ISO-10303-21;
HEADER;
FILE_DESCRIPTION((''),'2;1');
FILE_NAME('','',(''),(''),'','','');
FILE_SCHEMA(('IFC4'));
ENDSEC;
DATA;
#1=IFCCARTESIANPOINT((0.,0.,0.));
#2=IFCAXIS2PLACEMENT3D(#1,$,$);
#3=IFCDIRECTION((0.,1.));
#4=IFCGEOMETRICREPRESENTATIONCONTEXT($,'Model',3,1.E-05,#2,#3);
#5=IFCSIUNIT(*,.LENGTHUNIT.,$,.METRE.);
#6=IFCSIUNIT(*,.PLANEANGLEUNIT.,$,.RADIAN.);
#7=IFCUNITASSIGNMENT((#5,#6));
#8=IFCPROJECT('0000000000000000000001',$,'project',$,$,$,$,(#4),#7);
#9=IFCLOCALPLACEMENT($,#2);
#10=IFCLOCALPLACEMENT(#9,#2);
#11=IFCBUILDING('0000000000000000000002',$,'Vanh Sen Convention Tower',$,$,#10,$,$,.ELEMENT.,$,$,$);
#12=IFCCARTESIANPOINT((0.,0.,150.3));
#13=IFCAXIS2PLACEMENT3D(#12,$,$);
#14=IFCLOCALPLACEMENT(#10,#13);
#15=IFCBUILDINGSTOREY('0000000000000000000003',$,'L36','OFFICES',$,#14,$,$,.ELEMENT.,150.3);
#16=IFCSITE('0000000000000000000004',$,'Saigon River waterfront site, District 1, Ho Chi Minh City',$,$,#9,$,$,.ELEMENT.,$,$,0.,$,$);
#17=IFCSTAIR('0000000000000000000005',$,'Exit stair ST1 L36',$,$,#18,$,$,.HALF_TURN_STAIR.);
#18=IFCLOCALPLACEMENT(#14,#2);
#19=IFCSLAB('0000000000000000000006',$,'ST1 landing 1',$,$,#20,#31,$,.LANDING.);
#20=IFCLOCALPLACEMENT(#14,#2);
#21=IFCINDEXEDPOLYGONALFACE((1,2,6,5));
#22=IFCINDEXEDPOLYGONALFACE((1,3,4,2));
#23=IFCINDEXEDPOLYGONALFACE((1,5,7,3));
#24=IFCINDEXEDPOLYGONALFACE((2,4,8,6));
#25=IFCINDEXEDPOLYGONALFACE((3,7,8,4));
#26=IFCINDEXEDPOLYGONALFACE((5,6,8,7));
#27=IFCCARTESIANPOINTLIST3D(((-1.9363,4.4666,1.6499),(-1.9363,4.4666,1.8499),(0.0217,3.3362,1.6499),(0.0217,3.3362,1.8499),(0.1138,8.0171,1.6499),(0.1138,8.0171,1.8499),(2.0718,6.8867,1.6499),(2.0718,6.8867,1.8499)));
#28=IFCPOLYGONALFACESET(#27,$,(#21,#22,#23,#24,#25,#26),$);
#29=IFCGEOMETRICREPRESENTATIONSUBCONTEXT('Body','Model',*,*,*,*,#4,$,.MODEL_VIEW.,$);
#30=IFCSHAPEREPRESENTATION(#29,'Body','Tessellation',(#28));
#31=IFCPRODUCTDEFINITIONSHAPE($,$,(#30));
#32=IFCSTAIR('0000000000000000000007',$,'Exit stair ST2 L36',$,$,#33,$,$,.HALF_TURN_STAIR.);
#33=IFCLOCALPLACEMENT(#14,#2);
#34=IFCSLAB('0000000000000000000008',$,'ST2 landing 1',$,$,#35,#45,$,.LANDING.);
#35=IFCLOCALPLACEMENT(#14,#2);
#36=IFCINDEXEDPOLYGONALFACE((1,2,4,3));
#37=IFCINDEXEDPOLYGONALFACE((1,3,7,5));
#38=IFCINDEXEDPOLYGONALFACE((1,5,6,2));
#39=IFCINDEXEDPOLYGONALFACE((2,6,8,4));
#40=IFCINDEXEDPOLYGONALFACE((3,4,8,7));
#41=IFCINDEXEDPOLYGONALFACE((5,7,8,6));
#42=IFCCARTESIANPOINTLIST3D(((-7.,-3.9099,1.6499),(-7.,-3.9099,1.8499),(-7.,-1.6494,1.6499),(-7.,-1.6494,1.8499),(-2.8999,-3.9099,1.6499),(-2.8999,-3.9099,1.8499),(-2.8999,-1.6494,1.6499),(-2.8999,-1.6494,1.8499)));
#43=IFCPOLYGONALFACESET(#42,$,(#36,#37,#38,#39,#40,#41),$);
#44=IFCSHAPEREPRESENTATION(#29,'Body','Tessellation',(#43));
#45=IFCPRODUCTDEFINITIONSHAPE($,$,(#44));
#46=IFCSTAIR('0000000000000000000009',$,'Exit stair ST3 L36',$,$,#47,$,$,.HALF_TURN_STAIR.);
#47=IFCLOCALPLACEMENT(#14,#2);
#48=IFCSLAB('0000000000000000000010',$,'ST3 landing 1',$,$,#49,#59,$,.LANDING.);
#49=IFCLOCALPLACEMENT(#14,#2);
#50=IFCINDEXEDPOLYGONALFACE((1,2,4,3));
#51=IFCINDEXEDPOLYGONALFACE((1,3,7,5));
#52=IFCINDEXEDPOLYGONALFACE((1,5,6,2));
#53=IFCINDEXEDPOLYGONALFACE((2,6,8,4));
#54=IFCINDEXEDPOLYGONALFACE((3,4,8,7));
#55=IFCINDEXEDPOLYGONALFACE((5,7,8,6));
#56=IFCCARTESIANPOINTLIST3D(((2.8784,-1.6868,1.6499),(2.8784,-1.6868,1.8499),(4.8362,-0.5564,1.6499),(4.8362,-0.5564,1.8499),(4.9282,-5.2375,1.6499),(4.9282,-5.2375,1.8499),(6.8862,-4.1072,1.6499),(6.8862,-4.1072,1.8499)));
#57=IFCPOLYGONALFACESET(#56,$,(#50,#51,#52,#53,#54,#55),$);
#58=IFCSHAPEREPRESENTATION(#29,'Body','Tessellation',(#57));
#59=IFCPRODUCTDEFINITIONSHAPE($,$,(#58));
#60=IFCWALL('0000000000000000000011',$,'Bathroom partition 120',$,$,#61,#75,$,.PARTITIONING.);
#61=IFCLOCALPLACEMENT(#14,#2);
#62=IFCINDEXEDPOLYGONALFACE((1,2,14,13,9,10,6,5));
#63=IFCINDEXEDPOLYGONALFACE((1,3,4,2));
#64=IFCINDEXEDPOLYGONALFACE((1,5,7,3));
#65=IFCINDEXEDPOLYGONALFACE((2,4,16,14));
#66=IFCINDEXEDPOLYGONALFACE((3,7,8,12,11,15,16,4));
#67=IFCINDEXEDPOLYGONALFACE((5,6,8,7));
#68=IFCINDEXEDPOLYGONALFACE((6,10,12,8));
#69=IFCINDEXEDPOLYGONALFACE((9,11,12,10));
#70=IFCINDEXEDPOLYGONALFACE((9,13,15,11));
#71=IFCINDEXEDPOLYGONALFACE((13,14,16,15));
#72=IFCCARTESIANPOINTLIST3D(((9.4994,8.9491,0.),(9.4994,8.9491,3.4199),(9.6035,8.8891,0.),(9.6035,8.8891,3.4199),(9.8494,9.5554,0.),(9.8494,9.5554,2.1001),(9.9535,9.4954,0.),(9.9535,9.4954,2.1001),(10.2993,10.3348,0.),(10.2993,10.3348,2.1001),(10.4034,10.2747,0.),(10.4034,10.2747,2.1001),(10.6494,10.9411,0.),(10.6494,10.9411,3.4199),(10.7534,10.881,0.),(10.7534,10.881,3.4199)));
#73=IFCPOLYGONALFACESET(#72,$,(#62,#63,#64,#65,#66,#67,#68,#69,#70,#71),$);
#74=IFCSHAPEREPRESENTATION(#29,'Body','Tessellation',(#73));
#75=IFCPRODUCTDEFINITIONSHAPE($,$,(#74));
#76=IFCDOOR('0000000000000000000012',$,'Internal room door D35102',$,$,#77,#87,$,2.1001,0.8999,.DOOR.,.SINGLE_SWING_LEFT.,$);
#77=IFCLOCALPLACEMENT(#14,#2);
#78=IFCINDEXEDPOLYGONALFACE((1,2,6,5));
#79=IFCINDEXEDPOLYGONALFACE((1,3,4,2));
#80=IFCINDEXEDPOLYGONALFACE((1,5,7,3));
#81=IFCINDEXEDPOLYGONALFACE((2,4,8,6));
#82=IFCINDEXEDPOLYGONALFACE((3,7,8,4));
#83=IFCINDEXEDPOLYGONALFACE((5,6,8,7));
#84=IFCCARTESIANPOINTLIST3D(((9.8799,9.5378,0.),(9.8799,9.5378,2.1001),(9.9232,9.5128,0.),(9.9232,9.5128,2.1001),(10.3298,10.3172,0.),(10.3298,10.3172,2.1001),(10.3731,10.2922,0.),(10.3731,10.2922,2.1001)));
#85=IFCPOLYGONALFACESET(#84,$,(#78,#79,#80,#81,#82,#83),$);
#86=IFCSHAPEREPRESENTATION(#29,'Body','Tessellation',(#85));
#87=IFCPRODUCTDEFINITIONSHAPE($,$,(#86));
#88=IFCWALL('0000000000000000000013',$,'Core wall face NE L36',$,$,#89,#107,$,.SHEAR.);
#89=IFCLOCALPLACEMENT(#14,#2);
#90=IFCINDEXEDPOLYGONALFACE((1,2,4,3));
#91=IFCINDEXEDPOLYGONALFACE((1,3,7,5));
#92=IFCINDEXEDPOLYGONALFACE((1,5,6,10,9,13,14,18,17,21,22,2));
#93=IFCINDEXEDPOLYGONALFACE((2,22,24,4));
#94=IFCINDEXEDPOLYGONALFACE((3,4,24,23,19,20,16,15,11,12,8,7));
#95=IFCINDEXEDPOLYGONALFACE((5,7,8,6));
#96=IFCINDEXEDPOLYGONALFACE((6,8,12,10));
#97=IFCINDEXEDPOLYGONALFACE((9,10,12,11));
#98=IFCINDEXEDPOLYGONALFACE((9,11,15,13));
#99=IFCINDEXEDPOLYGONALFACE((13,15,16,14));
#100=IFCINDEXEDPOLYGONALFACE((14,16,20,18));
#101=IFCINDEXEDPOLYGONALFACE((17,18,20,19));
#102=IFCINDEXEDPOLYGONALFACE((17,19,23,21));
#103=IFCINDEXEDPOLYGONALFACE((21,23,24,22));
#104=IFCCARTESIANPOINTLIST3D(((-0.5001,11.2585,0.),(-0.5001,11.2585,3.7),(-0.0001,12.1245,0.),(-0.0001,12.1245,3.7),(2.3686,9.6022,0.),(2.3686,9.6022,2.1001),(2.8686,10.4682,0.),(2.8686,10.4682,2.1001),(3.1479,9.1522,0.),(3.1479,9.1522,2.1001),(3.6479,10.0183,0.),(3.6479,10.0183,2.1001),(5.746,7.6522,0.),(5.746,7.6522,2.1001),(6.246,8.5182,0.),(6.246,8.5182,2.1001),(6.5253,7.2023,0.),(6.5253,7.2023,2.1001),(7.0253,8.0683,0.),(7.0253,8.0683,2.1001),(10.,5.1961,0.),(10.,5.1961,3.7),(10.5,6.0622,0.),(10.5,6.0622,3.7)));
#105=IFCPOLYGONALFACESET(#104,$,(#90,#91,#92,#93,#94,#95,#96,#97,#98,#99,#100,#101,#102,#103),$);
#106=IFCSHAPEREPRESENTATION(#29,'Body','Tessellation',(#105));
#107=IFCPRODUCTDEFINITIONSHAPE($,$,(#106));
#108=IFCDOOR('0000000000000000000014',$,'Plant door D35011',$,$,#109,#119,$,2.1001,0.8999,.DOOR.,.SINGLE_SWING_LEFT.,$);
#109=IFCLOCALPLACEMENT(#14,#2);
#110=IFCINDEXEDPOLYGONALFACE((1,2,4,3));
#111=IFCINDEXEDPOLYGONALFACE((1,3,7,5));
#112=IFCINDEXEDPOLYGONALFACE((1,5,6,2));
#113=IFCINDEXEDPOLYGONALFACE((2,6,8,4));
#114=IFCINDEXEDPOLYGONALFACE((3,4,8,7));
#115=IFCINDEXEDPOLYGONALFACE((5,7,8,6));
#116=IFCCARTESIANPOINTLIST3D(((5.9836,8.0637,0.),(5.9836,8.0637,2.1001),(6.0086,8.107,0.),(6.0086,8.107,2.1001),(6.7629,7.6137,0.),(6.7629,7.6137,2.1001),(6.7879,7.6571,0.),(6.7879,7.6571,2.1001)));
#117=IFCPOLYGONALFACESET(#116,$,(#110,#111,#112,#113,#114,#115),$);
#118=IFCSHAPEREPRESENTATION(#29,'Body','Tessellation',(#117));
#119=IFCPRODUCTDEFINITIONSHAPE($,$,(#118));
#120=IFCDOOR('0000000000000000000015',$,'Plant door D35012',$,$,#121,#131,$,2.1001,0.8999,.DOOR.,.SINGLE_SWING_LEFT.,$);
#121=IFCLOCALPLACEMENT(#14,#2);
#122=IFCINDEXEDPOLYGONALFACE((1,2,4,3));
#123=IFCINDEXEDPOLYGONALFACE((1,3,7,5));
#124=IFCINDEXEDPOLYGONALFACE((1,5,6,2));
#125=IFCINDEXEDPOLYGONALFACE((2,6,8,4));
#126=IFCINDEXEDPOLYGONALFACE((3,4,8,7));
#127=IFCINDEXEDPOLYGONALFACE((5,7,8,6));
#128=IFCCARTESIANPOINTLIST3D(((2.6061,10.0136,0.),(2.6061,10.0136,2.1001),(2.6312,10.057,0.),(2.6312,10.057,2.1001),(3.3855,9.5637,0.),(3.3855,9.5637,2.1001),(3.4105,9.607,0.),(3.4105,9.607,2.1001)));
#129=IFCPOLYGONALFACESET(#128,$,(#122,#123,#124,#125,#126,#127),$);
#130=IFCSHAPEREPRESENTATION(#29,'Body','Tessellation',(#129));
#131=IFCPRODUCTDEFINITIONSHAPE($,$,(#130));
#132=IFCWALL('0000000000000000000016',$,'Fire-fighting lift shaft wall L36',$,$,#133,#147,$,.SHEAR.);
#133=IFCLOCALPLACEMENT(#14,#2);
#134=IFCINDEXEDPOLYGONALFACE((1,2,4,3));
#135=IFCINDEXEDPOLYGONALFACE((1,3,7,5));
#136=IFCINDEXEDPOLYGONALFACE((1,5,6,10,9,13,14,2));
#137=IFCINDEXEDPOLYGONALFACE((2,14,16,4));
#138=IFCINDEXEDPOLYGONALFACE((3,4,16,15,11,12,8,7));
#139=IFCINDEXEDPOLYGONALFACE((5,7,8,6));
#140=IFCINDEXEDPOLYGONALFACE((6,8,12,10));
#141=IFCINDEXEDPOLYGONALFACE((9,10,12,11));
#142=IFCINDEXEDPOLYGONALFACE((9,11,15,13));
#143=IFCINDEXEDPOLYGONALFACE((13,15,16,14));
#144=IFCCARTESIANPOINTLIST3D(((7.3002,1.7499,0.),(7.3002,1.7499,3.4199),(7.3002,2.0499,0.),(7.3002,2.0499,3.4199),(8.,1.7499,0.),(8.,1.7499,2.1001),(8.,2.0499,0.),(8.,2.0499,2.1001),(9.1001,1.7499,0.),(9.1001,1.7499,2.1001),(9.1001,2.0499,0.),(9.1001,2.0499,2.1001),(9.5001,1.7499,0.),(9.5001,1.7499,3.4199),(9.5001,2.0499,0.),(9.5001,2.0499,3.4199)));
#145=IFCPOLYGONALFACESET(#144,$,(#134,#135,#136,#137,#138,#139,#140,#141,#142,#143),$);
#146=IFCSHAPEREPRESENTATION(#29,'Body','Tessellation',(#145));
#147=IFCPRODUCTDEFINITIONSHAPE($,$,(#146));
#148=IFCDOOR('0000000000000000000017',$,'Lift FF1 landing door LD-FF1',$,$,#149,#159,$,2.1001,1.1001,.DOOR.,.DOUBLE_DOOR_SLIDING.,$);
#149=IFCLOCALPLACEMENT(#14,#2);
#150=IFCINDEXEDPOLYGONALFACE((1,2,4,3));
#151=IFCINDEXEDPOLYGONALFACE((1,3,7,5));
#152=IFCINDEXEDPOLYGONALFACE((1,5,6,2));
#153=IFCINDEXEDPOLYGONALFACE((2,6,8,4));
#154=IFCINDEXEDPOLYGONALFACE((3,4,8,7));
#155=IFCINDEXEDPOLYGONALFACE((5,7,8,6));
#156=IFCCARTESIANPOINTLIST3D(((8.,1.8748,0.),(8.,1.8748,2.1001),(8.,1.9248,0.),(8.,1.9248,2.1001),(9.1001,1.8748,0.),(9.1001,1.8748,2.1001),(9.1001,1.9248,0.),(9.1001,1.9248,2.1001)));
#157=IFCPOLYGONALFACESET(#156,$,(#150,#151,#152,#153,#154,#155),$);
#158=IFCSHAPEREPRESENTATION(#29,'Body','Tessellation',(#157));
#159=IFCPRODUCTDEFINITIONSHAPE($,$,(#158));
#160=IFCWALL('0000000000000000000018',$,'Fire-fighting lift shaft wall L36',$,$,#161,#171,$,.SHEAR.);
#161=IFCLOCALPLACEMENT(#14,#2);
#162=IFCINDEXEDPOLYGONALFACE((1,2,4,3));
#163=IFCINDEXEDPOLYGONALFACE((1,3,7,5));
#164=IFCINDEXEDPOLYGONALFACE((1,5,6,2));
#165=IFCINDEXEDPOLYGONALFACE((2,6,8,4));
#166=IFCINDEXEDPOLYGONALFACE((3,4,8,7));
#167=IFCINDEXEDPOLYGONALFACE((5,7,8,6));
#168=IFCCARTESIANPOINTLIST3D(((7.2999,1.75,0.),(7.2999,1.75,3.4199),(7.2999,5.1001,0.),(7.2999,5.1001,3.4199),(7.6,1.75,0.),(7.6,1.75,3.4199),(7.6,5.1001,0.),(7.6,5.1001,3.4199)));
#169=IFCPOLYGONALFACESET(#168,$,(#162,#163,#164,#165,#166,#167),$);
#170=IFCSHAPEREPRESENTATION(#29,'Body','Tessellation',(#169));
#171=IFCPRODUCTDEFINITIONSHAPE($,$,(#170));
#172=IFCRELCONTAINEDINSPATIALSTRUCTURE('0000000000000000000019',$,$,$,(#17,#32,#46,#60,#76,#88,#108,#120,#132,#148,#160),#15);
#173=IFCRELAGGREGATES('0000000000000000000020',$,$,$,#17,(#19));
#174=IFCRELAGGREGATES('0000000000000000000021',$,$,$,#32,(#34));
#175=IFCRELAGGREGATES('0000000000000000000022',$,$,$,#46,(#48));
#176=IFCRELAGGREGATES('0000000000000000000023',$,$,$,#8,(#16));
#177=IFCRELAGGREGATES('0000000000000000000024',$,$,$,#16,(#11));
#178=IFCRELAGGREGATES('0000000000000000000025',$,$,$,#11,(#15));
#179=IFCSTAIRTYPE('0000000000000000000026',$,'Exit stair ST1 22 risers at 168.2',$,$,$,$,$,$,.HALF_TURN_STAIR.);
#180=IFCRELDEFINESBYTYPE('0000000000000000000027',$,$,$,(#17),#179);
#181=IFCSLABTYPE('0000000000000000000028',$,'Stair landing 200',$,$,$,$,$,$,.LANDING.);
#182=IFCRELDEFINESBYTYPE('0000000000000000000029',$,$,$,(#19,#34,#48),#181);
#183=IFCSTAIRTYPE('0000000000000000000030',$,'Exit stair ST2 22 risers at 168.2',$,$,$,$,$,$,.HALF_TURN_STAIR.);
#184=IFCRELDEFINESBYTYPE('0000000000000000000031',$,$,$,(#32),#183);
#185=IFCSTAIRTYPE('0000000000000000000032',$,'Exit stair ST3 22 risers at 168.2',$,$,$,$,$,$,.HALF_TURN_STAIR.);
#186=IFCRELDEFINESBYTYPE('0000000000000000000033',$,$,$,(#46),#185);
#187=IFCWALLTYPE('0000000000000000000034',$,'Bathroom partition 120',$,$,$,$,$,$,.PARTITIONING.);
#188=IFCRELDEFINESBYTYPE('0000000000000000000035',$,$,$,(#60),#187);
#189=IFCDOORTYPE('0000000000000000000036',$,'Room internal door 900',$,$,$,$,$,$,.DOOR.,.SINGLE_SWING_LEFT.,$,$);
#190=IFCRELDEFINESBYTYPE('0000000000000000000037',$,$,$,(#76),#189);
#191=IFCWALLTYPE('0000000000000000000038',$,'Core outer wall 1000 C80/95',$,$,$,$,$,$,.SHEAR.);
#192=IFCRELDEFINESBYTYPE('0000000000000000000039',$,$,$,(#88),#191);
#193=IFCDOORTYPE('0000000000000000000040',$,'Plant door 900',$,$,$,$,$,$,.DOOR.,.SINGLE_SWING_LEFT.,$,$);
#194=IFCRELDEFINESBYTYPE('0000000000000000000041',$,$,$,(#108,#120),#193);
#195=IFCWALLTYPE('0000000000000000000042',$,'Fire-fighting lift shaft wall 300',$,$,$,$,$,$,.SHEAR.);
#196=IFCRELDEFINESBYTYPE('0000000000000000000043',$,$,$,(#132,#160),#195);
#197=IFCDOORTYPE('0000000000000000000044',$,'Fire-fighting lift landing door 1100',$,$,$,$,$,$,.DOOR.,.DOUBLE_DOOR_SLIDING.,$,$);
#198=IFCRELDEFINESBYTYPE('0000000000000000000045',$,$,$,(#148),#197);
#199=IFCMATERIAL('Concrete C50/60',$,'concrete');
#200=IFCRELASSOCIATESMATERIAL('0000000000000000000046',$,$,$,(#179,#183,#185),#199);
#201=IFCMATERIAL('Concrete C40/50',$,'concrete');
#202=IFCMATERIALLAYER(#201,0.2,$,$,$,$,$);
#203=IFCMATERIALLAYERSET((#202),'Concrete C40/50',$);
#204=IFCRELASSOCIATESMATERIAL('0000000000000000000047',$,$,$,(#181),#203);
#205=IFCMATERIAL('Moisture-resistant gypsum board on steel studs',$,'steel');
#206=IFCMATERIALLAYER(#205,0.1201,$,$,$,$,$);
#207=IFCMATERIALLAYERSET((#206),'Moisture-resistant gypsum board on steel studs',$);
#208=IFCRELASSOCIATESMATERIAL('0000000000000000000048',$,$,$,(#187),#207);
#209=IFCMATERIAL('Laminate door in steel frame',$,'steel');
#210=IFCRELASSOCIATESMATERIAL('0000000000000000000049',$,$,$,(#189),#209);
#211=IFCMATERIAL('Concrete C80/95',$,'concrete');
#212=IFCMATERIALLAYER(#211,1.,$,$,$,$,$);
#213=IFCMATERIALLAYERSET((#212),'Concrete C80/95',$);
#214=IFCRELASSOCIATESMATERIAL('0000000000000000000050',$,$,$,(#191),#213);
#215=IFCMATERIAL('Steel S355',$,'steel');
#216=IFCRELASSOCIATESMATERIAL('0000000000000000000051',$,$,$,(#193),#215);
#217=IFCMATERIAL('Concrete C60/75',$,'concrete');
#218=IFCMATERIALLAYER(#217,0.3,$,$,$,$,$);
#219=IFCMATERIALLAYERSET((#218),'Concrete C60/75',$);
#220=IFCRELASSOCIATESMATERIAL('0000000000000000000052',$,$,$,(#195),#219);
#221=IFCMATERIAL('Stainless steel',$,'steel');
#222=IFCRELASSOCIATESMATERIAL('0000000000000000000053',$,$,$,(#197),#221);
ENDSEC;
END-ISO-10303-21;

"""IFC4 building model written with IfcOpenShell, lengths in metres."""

from ifc_helpers import new_model, si_unit, direction, frame, frame_2d, origin, place, context, subcontext, project, spatial, polyline, rectangle, outline, extrude, material, layer, layer_set, type_object, element, fill, aggregate, save


model = new_model("IFC4")

# Units and contexts
model_context = context("Model", 3, precision=1e-05, world=origin(), true_north=direction((0.0, 1.0)))
body_context = subcontext(model_context, "Body", "Model", "MODEL_VIEW")
ifc_project = project(units=[si_unit("LENGTHUNIT", "METRE"), si_unit("PLANEANGLEUNIT", "RADIAN")], contexts=[model_context])

# Site, building, storey
site_placement = place(None, origin())
site = spatial("IfcSite", under=ifc_project, at=site_placement, Name="Saigon River waterfront site, District 1, Ho Chi Minh City", CompositionType="ELEMENT", RefElevation=0.0)
building_placement = place(site_placement, origin())
building = spatial("IfcBuilding", under=site, at=building_placement, Name="Vanh Sen Convention Tower", CompositionType="ELEMENT")
storey_placement = place(building_placement, frame((0.0, 0.0, 150.3)))
storey = spatial("IfcBuildingStorey", under=building, at=storey_placement, Name="L36", Description="OFFICES", CompositionType="ELEMENT", Elevation=150.3)

# Stairs, slabs
ifc_material_1 = material(Name="Concrete C50/60", Category="concrete")
stair_type_1 = type_object("IfcStairType", Name="Exit stair ST1 22 risers at 168.2", PredefinedType="HALF_TURN_STAIR", material=ifc_material_1)
stair_1_placement = place(storey_placement, origin())
stair_1 = element("IfcStair", 1, at=stair_1_placement, inside=storey, type_object=stair_type_1, Name="Exit stair ST1 L36", PredefinedType="HALF_TURN_STAIR")
ifc_material_2 = material(Name="Concrete C40/50", Category="concrete")
ifc_layer_1 = layer(ifc_material_2, 0.2)
ifc_layer_set_1 = layer_set([ifc_layer_1], Name="Concrete C40/50")
slab_type = type_object("IfcSlabType", Name="Stair landing 200", PredefinedType="LANDING", material=ifc_layer_set_1)
slab_1_placement = place(storey_placement, frame((0.0, 0.0, 1.6499)))
slab_1 = element("IfcSlab", 2, at=slab_1_placement, type_object=slab_type, Name="ST1 landing 1", PredefinedType="LANDING", context=body_context, shape_type="SweptSolid", body=[
    extrude(outline(polyline([(2.0718, 6.8867), (0.1138, 8.0171), (-1.9363, 4.4666), (0.0217, 3.3362), (2.0718, 6.8867)])), origin(), (0.0, 0.0, 1.0), 0.2),
])
aggregate(stair_1, [slab_1])
stair_type_2 = type_object("IfcStairType", Name="Exit stair ST2 22 risers at 168.2", PredefinedType="HALF_TURN_STAIR", material=ifc_material_1)
stair_2_placement = place(storey_placement, origin())
stair_2 = element("IfcStair", 3, at=stair_2_placement, inside=storey, type_object=stair_type_2, Name="Exit stair ST2 L36", PredefinedType="HALF_TURN_STAIR")
slab_2_placement = place(storey_placement, frame((0.0, 0.0, 1.6499)))
slab_2 = element("IfcSlab", 4, at=slab_2_placement, type_object=slab_type, Name="ST2 landing 1", PredefinedType="LANDING", context=body_context, shape_type="SweptSolid", body=[
    extrude(outline(polyline([(-7.0, -1.6494), (-7.0, -3.9099), (-2.8999, -3.9099), (-2.8999, -1.6494), (-7.0, -1.6494)])), origin(), (0.0, 0.0, 1.0), 0.2),
])
aggregate(stair_2, [slab_2])
stair_type_3 = type_object("IfcStairType", Name="Exit stair ST3 22 risers at 168.2", PredefinedType="HALF_TURN_STAIR", material=ifc_material_1)
stair_3_placement = place(storey_placement, origin())
stair_3 = element("IfcStair", 5, at=stair_3_placement, inside=storey, type_object=stair_type_3, Name="Exit stair ST3 L36", PredefinedType="HALF_TURN_STAIR")
slab_3_placement = place(storey_placement, frame((0.0, 0.0, 1.6499)))
slab_3 = element("IfcSlab", 6, at=slab_3_placement, type_object=slab_type, Name="ST3 landing 1", PredefinedType="LANDING", context=body_context, shape_type="SweptSolid", body=[
    extrude(outline(polyline([(4.9282, -5.2375), (6.8862, -4.1072), (4.8362, -0.5564), (2.8784, -1.6868), (4.9282, -5.2375)])), origin(), (0.0, 0.0, 1.0), 0.2),
])
aggregate(stair_3, [slab_3])

# Wall, opening, door
ifc_material_3 = material(Name="Moisture-resistant gypsum board on steel studs", Category="steel")
ifc_layer_2 = layer(ifc_material_3, 0.1201)
ifc_layer_set_2 = layer_set([ifc_layer_2], Name="Moisture-resistant gypsum board on steel studs")
wall_type_1 = type_object("IfcWallType", Name="Bathroom partition 120", PredefinedType="PARTITIONING", material=ifc_layer_set_2)
wall_1_placement = place(storey_placement, frame((9.5515, 8.9192, 0.0), z_axis=(0.0, 0.0, 1.0), x_axis=(0.499952, 0.866053, 0.0)))
wall_1 = element("IfcWall", 7, at=wall_1_placement, inside=storey, type_object=wall_type_1, Name="Bathroom partition 120", PredefinedType="PARTITIONING", context=body_context, shape_type="SweptSolid", body=[
    extrude(rectangle(XDim=2.3, YDim=0.1201, at=frame_2d((1.1499, 0.0))), origin(), (0.0, 0.0, 1.0), 3.4199),
])
opening_1_placement = place(wall_1_placement, frame((0.7, 0.0, 0.0)))
opening_1 = element("IfcOpeningElement", 8, at=opening_1_placement, cuts=wall_1, PredefinedType="OPENING", context=body_context, shape_type="SweptSolid", body=[
    extrude(rectangle(XDim=0.8999, YDim=2.1001, at=frame_2d((0.45, 1.05))), frame((0.0, 0.0701, 0.0), z_axis=(0.0, -1.0, 0.0), x_axis=(1.0, 0.0, 0.0)), (0.0, 0.0, 1.0), 0.1401),
])
ifc_material_4 = material(Name="Laminate door in steel frame", Category="steel")
door_type_1 = type_object("IfcDoorType", Name="Room internal door 900", OperationType="SINGLE_SWING_LEFT", PredefinedType="DOOR", material=ifc_material_4)
door_1_placement = place(opening_1_placement, origin())
door_1 = element("IfcDoor", 9, at=door_1_placement, inside=storey, type_object=door_type_1, Name="Internal room door D35102", OperationType="SINGLE_SWING_LEFT", OverallHeight=2.1001, OverallWidth=0.8999, PredefinedType="DOOR", context=body_context, shape_type="SweptSolid", body=[
    extrude(rectangle(XDim=0.8999, YDim=2.1001, at=frame_2d((0.45, 1.05))), frame((0.0, 0.0249, 0.0), z_axis=(0.0, -1.0, 0.0), x_axis=(1.0, 0.0, 0.0)), (0.0, 0.0, 1.0), 0.05),
])
fill(opening_1, door_1)

# Wall, openings, doors
ifc_material_5 = material(Name="Concrete C80/95", Category="concrete")
ifc_layer_3 = layer(ifc_material_5, 1.0)
ifc_layer_set_3 = layer_set([ifc_layer_3], Name="Concrete C80/95")
wall_type_2 = type_object("IfcWallType", Name="Core outer wall 1000 C80/95", PredefinedType="SHEAR", material=ifc_layer_set_3)
wall_2_placement = place(storey_placement, frame((10.25, 5.6292, 0.0), z_axis=(0.0, 0.0, 1.0), x_axis=(-0.866023, 0.500005, 0.0)))
wall_2 = element("IfcWall", 10, at=wall_2_placement, inside=storey, type_object=wall_type_2, Name="Core wall face NE L36", PredefinedType="SHEAR", context=body_context, shape_type="SweptSolid", body=[
    extrude(rectangle(XDim=12.1245, YDim=1.0, at=frame_2d((6.0623, 0.0))), origin(), (0.0, 0.0, 1.0), 3.7),
])
opening_2_placement = place(wall_2_placement, frame((4.0122, 0.0, 0.0)))
opening_2 = element("IfcOpeningElement", 11, at=opening_2_placement, cuts=wall_2, PredefinedType="OPENING", context=body_context, shape_type="SweptSolid", body=[
    extrude(rectangle(XDim=0.8999, YDim=2.1001, at=frame_2d((0.45, 1.05))), frame((0.0, 0.51, 0.0), z_axis=(0.0, -1.0, 0.0), x_axis=(1.0, 0.0, 0.0)), (0.0, 0.0, 1.0), 1.02),
])
opening_3_placement = place(wall_2_placement, frame((7.9121, 0.0, 0.0)))
opening_3 = element("IfcOpeningElement", 12, at=opening_3_placement, cuts=wall_2, PredefinedType="OPENING", context=body_context, shape_type="SweptSolid", body=[
    extrude(rectangle(XDim=0.8999, YDim=2.1001, at=frame_2d((0.45, 1.05))), frame((0.0, 0.51, 0.0), z_axis=(0.0, -1.0, 0.0), x_axis=(1.0, 0.0, 0.0)), (0.0, 0.0, 1.0), 1.02),
])
ifc_material_6 = material(Name="Steel S355", Category="steel")
door_type_2 = type_object("IfcDoorType", Name="Plant door 900", OperationType="SINGLE_SWING_LEFT", PredefinedType="DOOR", material=ifc_material_6)
door_2_placement = place(opening_2_placement, origin())
door_2 = element("IfcDoor", 13, at=door_2_placement, inside=storey, type_object=door_type_2, Name="Plant door D35011", OperationType="SINGLE_SWING_LEFT", OverallHeight=2.1001, OverallWidth=0.8999, PredefinedType="DOOR", context=body_context, shape_type="SweptSolid", body=[
    extrude(rectangle(XDim=0.8999, YDim=2.1001, at=frame_2d((0.45, 1.05))), frame((0.0, 0.0249, 0.0), z_axis=(0.0, -1.0, 0.0), x_axis=(1.0, 0.0, 0.0)), (0.0, 0.0, 1.0), 0.05),
])
fill(opening_2, door_2)
door_3_placement = place(opening_3_placement, origin())
door_3 = element("IfcDoor", 14, at=door_3_placement, inside=storey, type_object=door_type_2, Name="Plant door D35012", OperationType="SINGLE_SWING_LEFT", OverallHeight=2.1001, OverallWidth=0.8999, PredefinedType="DOOR", context=body_context, shape_type="SweptSolid", body=[
    extrude(rectangle(XDim=0.8999, YDim=2.1001, at=frame_2d((0.45, 1.05))), frame((0.0, 0.0249, 0.0), z_axis=(0.0, -1.0, 0.0), x_axis=(1.0, 0.0, 0.0)), (0.0, 0.0, 1.0), 0.05),
])
fill(opening_3, door_3)

# Wall, opening, door
ifc_material_7 = material(Name="Concrete C60/75", Category="concrete")
ifc_layer_4 = layer(ifc_material_7, 0.3)
ifc_layer_set_4 = layer_set([ifc_layer_4], Name="Concrete C60/75")
wall_type_3 = type_object("IfcWallType", Name="Fire-fighting lift shaft wall 300", PredefinedType="SHEAR", material=ifc_layer_set_4)
wall_3_placement = place(storey_placement, frame((7.3, 1.8999, 0.0), z_axis=(0.0, 0.0, 1.0), x_axis=(1.0, 0.0, 0.0)))
wall_3 = element("IfcWall", 15, at=wall_3_placement, inside=storey, type_object=wall_type_3, Name="Fire-fighting lift shaft wall L36", PredefinedType="SHEAR", context=body_context, shape_type="SweptSolid", body=[
    extrude(rectangle(XDim=2.2, YDim=0.3, at=frame_2d((1.1001, 0.0))), origin(), (0.0, 0.0, 1.0), 3.4199),
])
opening_4_placement = place(wall_3_placement, frame((0.7, 0.0, 0.0)))
opening_4 = element("IfcOpeningElement", 16, at=opening_4_placement, cuts=wall_3, PredefinedType="OPENING", context=body_context, shape_type="SweptSolid", body=[
    extrude(rectangle(XDim=1.1001, YDim=2.1001, at=frame_2d((0.55, 1.05))), frame((0.0, 0.1599, 0.0), z_axis=(0.0, -1.0, 0.0), x_axis=(1.0, 0.0, 0.0)), (0.0, 0.0, 1.0), 0.3201),
])
ifc_material_8 = material(Name="Stainless steel", Category="steel")
door_type_3 = type_object("IfcDoorType", Name="Fire-fighting lift landing door 1100", OperationType="DOUBLE_DOOR_SLIDING", PredefinedType="DOOR", material=ifc_material_8)
door_4_placement = place(opening_4_placement, origin())
door_4 = element("IfcDoor", 17, at=door_4_placement, inside=storey, type_object=door_type_3, Name="Lift FF1 landing door LD-FF1", OperationType="DOUBLE_DOOR_SLIDING", OverallHeight=2.1001, OverallWidth=1.1001, PredefinedType="DOOR", context=body_context, shape_type="SweptSolid", body=[
    extrude(rectangle(XDim=1.1001, YDim=2.1001, at=frame_2d((0.55, 1.05))), frame((0.0, 0.0249, 0.0), z_axis=(0.0, -1.0, 0.0), x_axis=(1.0, 0.0, 0.0)), (0.0, 0.0, 1.0), 0.05),
])
fill(opening_4, door_4)

# Wall
wall_4_placement = place(storey_placement, frame((7.45, 1.75, 0.0), z_axis=(0.0, 0.0, 1.0), x_axis=(0.0, 1.0, 0.0)))
element("IfcWall", 18, at=wall_4_placement, inside=storey, type_object=wall_type_3, Name="Fire-fighting lift shaft wall L36", PredefinedType="SHEAR", context=body_context, shape_type="SweptSolid", body=[
    extrude(rectangle(XDim=3.3501, YDim=0.3, at=frame_2d((1.675, 0.0))), origin(), (0.0, 0.0, 1.0), 3.4199),
])

save(model, "model.ifc")
